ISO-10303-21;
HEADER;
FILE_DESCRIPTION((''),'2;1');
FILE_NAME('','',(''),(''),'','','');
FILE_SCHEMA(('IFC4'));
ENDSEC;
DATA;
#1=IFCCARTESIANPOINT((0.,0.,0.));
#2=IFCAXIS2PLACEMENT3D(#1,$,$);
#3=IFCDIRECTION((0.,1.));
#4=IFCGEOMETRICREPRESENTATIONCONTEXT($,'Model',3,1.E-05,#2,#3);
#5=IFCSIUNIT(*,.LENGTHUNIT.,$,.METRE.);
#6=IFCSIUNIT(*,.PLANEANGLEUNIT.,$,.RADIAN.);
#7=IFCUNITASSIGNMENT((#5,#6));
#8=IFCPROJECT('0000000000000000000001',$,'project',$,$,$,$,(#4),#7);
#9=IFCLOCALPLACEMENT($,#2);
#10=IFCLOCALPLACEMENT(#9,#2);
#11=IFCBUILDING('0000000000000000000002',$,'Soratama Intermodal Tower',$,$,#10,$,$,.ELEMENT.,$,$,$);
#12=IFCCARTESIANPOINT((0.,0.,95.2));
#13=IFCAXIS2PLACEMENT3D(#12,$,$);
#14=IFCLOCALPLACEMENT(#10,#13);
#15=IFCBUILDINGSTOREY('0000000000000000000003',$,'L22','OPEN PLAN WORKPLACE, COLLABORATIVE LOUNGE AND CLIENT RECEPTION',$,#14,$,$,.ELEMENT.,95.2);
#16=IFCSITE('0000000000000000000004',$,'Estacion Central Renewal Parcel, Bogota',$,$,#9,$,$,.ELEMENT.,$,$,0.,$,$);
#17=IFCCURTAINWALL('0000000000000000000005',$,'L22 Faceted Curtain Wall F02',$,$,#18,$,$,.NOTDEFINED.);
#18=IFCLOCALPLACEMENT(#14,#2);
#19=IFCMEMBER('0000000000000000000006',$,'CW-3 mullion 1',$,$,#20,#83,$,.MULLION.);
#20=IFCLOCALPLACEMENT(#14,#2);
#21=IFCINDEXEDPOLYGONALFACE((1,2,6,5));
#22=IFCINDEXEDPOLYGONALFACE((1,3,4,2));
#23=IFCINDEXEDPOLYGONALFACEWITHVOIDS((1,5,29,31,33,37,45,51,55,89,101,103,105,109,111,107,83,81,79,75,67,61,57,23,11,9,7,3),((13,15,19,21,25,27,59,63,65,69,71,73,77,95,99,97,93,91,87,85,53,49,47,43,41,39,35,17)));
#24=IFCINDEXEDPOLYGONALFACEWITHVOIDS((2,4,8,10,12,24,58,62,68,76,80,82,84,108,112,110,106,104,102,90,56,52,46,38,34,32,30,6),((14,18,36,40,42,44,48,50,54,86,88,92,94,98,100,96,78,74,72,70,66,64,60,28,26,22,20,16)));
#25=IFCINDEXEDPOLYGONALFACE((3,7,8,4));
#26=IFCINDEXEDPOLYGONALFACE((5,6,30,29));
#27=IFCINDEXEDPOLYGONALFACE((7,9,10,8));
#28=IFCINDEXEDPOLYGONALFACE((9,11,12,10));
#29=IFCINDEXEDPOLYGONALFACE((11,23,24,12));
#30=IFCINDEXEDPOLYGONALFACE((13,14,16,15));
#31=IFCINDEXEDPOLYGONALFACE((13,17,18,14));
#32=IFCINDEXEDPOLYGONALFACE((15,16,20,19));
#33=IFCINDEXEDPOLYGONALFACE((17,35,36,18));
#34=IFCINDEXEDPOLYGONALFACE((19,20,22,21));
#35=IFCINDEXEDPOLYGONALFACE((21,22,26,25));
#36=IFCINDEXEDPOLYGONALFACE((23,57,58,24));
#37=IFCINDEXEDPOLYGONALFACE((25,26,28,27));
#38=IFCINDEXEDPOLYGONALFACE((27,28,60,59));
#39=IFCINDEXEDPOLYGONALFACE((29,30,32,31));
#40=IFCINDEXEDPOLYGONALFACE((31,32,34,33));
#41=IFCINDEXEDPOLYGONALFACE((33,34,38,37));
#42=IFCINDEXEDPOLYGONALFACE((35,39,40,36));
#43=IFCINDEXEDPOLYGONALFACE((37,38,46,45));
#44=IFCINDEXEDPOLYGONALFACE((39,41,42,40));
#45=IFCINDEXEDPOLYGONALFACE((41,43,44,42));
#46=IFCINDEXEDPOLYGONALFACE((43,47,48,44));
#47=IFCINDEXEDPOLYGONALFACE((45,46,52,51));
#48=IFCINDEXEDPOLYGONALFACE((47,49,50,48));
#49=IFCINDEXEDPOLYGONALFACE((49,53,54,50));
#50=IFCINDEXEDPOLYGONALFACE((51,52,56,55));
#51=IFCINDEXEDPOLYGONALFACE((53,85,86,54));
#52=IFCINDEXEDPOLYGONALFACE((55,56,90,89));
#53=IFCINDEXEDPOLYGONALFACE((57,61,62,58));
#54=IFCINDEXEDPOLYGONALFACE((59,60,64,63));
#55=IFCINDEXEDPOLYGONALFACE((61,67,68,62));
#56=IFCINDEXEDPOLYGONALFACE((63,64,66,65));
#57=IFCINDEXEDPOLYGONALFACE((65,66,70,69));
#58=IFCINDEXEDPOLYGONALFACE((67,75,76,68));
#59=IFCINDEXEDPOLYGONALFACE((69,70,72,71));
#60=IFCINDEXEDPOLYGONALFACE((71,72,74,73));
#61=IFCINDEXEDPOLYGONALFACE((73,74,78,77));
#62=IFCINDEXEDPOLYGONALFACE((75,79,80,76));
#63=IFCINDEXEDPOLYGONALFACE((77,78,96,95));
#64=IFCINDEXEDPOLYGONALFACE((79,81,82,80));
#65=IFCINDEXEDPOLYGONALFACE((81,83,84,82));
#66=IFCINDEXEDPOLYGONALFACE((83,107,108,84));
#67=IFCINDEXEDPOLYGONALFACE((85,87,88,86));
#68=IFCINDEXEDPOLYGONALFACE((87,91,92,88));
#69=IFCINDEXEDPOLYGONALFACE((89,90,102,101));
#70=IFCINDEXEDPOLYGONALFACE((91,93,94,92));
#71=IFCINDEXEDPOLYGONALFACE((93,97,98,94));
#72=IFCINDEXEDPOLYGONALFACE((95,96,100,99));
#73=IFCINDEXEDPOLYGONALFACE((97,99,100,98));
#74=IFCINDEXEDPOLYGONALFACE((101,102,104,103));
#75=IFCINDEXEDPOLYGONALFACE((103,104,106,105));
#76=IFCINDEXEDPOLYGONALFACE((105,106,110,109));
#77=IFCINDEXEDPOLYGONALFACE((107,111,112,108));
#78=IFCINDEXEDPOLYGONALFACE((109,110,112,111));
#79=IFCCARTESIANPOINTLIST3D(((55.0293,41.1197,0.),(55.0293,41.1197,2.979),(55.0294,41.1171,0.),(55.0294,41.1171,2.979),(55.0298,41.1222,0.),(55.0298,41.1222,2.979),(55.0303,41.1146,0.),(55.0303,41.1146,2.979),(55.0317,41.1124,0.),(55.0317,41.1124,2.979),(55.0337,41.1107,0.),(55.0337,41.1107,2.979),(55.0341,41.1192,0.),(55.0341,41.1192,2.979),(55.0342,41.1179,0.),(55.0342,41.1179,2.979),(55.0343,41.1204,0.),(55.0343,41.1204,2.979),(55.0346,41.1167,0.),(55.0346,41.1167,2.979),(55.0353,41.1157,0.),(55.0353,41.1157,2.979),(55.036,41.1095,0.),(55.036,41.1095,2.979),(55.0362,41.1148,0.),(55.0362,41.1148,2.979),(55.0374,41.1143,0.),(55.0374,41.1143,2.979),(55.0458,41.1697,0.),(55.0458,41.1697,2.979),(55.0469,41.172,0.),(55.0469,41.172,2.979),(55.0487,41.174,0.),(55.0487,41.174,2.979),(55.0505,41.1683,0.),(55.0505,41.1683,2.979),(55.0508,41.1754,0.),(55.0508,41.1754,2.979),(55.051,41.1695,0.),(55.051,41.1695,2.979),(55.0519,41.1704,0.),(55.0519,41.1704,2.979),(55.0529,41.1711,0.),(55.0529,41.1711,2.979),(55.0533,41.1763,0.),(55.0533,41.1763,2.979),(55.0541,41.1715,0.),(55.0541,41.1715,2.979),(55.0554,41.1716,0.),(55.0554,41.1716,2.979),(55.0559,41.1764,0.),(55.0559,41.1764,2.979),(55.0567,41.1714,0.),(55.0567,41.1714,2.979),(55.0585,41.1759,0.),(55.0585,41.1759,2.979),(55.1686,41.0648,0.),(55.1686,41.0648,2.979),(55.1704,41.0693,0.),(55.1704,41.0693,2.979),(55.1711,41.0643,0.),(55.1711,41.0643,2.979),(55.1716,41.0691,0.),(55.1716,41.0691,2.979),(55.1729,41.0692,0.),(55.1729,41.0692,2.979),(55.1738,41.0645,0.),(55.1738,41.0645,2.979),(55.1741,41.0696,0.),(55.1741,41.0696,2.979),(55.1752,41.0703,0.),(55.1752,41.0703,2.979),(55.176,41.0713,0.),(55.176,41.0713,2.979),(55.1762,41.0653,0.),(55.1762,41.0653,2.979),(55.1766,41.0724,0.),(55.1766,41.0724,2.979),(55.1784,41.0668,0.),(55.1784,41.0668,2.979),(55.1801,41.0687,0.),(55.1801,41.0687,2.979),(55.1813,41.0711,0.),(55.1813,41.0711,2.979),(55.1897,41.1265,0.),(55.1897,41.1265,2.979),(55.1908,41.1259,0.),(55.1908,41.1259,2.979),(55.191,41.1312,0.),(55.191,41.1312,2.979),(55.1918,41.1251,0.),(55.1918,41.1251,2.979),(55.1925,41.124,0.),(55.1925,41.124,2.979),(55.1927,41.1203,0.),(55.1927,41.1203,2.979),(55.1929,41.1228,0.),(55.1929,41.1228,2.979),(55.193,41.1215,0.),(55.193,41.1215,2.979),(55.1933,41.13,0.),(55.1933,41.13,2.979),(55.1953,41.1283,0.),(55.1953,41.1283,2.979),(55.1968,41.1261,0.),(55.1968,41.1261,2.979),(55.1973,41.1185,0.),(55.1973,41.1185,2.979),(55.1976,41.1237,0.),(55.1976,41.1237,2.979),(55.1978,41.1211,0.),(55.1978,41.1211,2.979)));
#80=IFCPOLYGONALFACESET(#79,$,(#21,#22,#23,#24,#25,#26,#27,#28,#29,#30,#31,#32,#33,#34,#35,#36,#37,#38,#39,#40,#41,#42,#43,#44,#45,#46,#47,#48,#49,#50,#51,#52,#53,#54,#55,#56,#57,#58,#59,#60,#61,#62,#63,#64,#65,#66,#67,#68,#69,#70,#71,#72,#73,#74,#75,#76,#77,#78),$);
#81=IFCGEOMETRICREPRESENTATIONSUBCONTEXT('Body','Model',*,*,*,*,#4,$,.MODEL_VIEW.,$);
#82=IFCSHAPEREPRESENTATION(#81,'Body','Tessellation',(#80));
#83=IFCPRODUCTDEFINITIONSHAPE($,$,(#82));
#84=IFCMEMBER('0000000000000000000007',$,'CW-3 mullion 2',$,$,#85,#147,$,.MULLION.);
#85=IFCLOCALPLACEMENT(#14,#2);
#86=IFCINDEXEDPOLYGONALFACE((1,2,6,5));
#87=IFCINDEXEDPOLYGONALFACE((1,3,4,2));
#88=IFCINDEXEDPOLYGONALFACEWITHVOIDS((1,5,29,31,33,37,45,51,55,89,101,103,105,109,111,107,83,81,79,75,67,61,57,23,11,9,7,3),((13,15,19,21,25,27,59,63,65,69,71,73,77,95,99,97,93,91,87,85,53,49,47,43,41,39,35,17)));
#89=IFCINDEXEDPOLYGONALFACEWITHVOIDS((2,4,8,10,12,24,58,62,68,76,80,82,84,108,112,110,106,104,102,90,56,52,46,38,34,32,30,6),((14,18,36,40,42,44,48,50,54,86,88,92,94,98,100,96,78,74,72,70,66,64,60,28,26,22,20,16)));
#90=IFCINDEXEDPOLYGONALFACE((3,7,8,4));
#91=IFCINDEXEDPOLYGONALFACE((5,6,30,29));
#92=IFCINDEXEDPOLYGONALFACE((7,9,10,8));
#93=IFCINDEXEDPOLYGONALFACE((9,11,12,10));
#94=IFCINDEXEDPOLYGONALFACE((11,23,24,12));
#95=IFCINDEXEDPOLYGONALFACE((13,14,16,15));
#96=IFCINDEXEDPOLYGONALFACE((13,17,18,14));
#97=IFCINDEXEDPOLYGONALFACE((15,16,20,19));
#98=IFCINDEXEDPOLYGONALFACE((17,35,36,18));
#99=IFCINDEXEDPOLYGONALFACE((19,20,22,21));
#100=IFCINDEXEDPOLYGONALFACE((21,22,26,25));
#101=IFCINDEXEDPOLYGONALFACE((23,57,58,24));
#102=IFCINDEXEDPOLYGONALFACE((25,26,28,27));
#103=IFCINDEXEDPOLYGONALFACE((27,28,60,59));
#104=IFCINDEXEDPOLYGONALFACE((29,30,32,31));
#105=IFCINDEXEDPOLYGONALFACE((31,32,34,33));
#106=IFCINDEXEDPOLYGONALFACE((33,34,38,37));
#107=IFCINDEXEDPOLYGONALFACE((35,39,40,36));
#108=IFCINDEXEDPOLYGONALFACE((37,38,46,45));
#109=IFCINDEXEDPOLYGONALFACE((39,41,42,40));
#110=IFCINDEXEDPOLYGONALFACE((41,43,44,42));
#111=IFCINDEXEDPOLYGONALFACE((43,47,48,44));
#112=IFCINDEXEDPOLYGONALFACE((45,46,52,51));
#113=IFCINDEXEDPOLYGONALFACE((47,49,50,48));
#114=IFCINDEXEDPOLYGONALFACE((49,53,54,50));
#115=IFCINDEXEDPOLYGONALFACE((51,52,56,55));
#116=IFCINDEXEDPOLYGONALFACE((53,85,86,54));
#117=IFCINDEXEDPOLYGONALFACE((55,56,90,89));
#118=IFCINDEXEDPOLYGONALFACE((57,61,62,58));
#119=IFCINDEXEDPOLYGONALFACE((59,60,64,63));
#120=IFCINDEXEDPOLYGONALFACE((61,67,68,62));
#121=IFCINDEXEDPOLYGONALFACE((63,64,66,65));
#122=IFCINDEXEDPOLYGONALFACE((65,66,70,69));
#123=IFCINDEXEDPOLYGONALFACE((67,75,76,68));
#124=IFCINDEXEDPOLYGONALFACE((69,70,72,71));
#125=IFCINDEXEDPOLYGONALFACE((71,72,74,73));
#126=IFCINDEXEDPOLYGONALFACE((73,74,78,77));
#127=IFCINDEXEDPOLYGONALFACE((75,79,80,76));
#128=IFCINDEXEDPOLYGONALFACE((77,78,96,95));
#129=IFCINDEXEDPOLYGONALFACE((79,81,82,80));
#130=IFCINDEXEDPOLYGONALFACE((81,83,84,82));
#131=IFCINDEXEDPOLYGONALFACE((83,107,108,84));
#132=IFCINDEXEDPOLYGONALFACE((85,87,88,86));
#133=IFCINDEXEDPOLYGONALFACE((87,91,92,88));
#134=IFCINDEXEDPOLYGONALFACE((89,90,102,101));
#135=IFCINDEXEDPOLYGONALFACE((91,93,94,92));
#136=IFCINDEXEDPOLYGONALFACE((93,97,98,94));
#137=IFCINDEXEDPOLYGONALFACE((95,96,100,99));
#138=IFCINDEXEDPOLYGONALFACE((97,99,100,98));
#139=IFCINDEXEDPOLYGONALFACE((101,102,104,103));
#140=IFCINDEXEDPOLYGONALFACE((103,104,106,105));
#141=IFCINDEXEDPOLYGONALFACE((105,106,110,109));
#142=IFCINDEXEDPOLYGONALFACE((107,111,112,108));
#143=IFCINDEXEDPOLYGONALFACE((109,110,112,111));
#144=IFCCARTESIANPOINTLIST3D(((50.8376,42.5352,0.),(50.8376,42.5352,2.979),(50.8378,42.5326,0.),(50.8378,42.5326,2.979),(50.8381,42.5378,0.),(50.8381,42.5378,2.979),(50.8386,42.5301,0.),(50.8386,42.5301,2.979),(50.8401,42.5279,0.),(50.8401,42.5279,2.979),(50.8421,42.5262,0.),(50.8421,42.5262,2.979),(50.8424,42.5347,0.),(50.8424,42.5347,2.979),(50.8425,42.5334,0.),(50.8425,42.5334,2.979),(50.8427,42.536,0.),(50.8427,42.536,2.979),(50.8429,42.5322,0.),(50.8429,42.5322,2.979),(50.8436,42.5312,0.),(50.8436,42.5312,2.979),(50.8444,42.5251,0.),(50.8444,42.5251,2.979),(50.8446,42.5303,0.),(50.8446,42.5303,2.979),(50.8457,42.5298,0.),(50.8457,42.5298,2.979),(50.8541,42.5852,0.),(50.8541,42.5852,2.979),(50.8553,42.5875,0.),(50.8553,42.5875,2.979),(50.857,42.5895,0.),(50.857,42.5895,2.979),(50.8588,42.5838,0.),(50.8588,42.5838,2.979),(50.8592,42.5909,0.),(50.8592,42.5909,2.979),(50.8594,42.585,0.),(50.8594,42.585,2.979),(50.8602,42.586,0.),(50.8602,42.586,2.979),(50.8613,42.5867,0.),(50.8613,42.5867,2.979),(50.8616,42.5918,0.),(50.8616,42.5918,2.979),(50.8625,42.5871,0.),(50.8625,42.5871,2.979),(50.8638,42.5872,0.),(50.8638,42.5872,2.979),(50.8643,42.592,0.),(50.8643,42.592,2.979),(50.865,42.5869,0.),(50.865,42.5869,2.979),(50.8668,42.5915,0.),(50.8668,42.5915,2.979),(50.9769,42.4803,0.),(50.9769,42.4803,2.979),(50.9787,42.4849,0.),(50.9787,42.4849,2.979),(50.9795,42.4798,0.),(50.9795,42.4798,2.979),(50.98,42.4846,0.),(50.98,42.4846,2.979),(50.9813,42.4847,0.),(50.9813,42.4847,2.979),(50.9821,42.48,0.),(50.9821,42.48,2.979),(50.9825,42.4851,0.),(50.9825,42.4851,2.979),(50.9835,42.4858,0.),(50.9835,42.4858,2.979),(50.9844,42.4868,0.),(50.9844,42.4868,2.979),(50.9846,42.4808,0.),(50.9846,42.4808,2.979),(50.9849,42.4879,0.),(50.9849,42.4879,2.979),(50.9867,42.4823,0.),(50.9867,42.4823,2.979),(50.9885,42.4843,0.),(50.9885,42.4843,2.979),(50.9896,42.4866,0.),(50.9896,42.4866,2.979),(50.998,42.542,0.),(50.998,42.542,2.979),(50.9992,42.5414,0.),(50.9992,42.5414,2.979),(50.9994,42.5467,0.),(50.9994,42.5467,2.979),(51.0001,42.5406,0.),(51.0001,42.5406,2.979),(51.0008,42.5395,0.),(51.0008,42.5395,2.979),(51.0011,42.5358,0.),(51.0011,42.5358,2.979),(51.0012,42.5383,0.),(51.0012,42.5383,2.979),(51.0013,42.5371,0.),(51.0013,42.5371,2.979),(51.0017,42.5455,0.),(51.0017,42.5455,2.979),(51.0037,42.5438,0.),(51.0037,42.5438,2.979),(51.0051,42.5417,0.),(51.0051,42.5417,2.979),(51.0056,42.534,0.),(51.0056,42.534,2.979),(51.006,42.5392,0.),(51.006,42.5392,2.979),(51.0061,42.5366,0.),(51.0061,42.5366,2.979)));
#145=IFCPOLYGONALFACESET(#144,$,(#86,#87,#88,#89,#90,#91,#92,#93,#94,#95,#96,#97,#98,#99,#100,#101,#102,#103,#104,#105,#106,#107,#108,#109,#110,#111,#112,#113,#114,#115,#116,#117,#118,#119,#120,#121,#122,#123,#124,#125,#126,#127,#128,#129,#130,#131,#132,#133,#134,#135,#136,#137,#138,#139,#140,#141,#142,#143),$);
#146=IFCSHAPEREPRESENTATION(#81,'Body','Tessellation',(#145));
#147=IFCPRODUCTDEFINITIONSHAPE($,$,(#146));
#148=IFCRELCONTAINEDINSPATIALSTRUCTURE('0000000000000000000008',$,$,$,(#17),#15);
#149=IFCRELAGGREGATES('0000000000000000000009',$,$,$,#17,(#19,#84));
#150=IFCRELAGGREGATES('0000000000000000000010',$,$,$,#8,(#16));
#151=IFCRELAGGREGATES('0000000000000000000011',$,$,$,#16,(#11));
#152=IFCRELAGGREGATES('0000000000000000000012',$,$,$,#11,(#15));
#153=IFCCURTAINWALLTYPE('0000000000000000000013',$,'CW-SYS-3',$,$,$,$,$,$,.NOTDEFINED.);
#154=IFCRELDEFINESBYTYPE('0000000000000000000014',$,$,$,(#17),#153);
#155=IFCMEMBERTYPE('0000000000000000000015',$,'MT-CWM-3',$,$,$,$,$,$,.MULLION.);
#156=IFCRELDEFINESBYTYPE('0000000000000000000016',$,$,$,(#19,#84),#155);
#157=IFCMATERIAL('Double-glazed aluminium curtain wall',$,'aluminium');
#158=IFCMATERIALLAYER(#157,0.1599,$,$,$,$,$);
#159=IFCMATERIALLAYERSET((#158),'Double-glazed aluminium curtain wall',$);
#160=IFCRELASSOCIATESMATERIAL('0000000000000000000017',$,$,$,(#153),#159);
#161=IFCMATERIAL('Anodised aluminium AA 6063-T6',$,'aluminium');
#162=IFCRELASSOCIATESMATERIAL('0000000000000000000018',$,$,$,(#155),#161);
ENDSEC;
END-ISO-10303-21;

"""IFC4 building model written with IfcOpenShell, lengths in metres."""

from ifc_helpers import new_model, si_unit, direction, frame, origin, origin_2d, place, context, subcontext, project, spatial, hollow_rectangle, extrude, material, layer, layer_set, material_profile, profile_set, type_object, element, aggregate, save


model = new_model("IFC4")

# Units and contexts
model_context = context("Model", 3, precision=1e-05, world=origin(), true_north=direction((0.0, 1.0)))
body_context = subcontext(model_context, "Body", "Model", "MODEL_VIEW")
ifc_project = project(units=[si_unit("LENGTHUNIT", "METRE"), si_unit("PLANEANGLEUNIT", "RADIAN")], contexts=[model_context])

# Site, building, storey
site_placement = place(None, origin())
site = spatial("IfcSite", under=ifc_project, at=site_placement, Name="Estacion Central Renewal Parcel, Bogota", CompositionType="ELEMENT", RefElevation=0.0)
building_placement = place(site_placement, origin())
building = spatial("IfcBuilding", under=site, at=building_placement, Name="Soratama Intermodal Tower", CompositionType="ELEMENT")
storey_placement = place(building_placement, frame((0.0, 0.0, 95.2)))
storey = spatial("IfcBuildingStorey", under=building, at=storey_placement, Name="L22", Description="OPEN PLAN WORKPLACE, COLLABORATIVE LOUNGE AND CLIENT RECEPTION", CompositionType="ELEMENT", Elevation=95.2)

# Shared definitions
ifc_material_1 = material(Name="Double-glazed aluminium curtain wall", Category="aluminium")
ifc_layer_1 = layer(ifc_material_1, 0.1599)
ifc_layer_set_1 = layer_set([ifc_layer_1], Name="Double-glazed aluminium curtain wall")
curtain_wall_type = type_object("IfcCurtainWallType", Name="CW-SYS-3", PredefinedType="NOTDEFINED", material=ifc_layer_set_1)
ifc_material_2 = material(Name="Anodised aluminium AA 6063-T6", Category="aluminium")
ifc_material_profile_1 = material_profile(ifc_material_2, hollow_rectangle(XDim=0.0701, YDim=0.1599, WallThickness=0.0049, InnerFilletRadius=0.0049, OuterFilletRadius=0.01, at=origin_2d()), Name="CWM160X70X5")
ifc_profile_set_1 = profile_set([ifc_material_profile_1], Name="Anodised aluminium AA 6063-T6")
member_type_1 = type_object("IfcMemberType", Name="MT-CWM-3", PredefinedType="MULLION", material=ifc_profile_set_1)

# Curtain wall, members
curtain_wall_1_placement = place(storey_placement, origin())
curtain_wall_1 = element("IfcCurtainWall", 1, at=curtain_wall_1_placement, inside=storey, type_object=curtain_wall_type, Name="L22 Faceted Curtain Wall F02", PredefinedType="NOTDEFINED")
member_1_placement = place(storey_placement, frame((55.1135, 41.1204, 0.0), z_axis=(0.0, 0.0, 1.0), x_axis=(-0.319953, -0.947433, 0.0)))
member_1 = element("IfcMember", 2, at=member_1_placement, type_object=member_type_1, Name="CW-3 mullion 1", PredefinedType="MULLION", context=body_context, shape_type="SweptSolid", body=[
    extrude(hollow_rectangle(XDim=0.0701, YDim=0.1599, WallThickness=0.0049, InnerFilletRadius=0.0049, OuterFilletRadius=0.01, at=origin_2d()), origin(), (0.0, 0.0, 1.0), 2.979),
])
member_2_placement = place(storey_placement, frame((50.9219, 42.5359, 0.0), z_axis=(0.0, 0.0, 1.0), x_axis=(-0.319953, -0.947433, 0.0)))
member_2 = element("IfcMember", 3, at=member_2_placement, type_object=member_type_1, Name="CW-3 mullion 2", PredefinedType="MULLION", context=body_context, shape_type="SweptSolid", body=[
    extrude(hollow_rectangle(XDim=0.0701, YDim=0.1599, WallThickness=0.0049, InnerFilletRadius=0.0049, OuterFilletRadius=0.01, at=origin_2d()), origin(), (0.0, 0.0, 1.0), 2.979),
])
aggregate(curtain_wall_1, [member_1, member_2])

save(model, "model.ifc")
